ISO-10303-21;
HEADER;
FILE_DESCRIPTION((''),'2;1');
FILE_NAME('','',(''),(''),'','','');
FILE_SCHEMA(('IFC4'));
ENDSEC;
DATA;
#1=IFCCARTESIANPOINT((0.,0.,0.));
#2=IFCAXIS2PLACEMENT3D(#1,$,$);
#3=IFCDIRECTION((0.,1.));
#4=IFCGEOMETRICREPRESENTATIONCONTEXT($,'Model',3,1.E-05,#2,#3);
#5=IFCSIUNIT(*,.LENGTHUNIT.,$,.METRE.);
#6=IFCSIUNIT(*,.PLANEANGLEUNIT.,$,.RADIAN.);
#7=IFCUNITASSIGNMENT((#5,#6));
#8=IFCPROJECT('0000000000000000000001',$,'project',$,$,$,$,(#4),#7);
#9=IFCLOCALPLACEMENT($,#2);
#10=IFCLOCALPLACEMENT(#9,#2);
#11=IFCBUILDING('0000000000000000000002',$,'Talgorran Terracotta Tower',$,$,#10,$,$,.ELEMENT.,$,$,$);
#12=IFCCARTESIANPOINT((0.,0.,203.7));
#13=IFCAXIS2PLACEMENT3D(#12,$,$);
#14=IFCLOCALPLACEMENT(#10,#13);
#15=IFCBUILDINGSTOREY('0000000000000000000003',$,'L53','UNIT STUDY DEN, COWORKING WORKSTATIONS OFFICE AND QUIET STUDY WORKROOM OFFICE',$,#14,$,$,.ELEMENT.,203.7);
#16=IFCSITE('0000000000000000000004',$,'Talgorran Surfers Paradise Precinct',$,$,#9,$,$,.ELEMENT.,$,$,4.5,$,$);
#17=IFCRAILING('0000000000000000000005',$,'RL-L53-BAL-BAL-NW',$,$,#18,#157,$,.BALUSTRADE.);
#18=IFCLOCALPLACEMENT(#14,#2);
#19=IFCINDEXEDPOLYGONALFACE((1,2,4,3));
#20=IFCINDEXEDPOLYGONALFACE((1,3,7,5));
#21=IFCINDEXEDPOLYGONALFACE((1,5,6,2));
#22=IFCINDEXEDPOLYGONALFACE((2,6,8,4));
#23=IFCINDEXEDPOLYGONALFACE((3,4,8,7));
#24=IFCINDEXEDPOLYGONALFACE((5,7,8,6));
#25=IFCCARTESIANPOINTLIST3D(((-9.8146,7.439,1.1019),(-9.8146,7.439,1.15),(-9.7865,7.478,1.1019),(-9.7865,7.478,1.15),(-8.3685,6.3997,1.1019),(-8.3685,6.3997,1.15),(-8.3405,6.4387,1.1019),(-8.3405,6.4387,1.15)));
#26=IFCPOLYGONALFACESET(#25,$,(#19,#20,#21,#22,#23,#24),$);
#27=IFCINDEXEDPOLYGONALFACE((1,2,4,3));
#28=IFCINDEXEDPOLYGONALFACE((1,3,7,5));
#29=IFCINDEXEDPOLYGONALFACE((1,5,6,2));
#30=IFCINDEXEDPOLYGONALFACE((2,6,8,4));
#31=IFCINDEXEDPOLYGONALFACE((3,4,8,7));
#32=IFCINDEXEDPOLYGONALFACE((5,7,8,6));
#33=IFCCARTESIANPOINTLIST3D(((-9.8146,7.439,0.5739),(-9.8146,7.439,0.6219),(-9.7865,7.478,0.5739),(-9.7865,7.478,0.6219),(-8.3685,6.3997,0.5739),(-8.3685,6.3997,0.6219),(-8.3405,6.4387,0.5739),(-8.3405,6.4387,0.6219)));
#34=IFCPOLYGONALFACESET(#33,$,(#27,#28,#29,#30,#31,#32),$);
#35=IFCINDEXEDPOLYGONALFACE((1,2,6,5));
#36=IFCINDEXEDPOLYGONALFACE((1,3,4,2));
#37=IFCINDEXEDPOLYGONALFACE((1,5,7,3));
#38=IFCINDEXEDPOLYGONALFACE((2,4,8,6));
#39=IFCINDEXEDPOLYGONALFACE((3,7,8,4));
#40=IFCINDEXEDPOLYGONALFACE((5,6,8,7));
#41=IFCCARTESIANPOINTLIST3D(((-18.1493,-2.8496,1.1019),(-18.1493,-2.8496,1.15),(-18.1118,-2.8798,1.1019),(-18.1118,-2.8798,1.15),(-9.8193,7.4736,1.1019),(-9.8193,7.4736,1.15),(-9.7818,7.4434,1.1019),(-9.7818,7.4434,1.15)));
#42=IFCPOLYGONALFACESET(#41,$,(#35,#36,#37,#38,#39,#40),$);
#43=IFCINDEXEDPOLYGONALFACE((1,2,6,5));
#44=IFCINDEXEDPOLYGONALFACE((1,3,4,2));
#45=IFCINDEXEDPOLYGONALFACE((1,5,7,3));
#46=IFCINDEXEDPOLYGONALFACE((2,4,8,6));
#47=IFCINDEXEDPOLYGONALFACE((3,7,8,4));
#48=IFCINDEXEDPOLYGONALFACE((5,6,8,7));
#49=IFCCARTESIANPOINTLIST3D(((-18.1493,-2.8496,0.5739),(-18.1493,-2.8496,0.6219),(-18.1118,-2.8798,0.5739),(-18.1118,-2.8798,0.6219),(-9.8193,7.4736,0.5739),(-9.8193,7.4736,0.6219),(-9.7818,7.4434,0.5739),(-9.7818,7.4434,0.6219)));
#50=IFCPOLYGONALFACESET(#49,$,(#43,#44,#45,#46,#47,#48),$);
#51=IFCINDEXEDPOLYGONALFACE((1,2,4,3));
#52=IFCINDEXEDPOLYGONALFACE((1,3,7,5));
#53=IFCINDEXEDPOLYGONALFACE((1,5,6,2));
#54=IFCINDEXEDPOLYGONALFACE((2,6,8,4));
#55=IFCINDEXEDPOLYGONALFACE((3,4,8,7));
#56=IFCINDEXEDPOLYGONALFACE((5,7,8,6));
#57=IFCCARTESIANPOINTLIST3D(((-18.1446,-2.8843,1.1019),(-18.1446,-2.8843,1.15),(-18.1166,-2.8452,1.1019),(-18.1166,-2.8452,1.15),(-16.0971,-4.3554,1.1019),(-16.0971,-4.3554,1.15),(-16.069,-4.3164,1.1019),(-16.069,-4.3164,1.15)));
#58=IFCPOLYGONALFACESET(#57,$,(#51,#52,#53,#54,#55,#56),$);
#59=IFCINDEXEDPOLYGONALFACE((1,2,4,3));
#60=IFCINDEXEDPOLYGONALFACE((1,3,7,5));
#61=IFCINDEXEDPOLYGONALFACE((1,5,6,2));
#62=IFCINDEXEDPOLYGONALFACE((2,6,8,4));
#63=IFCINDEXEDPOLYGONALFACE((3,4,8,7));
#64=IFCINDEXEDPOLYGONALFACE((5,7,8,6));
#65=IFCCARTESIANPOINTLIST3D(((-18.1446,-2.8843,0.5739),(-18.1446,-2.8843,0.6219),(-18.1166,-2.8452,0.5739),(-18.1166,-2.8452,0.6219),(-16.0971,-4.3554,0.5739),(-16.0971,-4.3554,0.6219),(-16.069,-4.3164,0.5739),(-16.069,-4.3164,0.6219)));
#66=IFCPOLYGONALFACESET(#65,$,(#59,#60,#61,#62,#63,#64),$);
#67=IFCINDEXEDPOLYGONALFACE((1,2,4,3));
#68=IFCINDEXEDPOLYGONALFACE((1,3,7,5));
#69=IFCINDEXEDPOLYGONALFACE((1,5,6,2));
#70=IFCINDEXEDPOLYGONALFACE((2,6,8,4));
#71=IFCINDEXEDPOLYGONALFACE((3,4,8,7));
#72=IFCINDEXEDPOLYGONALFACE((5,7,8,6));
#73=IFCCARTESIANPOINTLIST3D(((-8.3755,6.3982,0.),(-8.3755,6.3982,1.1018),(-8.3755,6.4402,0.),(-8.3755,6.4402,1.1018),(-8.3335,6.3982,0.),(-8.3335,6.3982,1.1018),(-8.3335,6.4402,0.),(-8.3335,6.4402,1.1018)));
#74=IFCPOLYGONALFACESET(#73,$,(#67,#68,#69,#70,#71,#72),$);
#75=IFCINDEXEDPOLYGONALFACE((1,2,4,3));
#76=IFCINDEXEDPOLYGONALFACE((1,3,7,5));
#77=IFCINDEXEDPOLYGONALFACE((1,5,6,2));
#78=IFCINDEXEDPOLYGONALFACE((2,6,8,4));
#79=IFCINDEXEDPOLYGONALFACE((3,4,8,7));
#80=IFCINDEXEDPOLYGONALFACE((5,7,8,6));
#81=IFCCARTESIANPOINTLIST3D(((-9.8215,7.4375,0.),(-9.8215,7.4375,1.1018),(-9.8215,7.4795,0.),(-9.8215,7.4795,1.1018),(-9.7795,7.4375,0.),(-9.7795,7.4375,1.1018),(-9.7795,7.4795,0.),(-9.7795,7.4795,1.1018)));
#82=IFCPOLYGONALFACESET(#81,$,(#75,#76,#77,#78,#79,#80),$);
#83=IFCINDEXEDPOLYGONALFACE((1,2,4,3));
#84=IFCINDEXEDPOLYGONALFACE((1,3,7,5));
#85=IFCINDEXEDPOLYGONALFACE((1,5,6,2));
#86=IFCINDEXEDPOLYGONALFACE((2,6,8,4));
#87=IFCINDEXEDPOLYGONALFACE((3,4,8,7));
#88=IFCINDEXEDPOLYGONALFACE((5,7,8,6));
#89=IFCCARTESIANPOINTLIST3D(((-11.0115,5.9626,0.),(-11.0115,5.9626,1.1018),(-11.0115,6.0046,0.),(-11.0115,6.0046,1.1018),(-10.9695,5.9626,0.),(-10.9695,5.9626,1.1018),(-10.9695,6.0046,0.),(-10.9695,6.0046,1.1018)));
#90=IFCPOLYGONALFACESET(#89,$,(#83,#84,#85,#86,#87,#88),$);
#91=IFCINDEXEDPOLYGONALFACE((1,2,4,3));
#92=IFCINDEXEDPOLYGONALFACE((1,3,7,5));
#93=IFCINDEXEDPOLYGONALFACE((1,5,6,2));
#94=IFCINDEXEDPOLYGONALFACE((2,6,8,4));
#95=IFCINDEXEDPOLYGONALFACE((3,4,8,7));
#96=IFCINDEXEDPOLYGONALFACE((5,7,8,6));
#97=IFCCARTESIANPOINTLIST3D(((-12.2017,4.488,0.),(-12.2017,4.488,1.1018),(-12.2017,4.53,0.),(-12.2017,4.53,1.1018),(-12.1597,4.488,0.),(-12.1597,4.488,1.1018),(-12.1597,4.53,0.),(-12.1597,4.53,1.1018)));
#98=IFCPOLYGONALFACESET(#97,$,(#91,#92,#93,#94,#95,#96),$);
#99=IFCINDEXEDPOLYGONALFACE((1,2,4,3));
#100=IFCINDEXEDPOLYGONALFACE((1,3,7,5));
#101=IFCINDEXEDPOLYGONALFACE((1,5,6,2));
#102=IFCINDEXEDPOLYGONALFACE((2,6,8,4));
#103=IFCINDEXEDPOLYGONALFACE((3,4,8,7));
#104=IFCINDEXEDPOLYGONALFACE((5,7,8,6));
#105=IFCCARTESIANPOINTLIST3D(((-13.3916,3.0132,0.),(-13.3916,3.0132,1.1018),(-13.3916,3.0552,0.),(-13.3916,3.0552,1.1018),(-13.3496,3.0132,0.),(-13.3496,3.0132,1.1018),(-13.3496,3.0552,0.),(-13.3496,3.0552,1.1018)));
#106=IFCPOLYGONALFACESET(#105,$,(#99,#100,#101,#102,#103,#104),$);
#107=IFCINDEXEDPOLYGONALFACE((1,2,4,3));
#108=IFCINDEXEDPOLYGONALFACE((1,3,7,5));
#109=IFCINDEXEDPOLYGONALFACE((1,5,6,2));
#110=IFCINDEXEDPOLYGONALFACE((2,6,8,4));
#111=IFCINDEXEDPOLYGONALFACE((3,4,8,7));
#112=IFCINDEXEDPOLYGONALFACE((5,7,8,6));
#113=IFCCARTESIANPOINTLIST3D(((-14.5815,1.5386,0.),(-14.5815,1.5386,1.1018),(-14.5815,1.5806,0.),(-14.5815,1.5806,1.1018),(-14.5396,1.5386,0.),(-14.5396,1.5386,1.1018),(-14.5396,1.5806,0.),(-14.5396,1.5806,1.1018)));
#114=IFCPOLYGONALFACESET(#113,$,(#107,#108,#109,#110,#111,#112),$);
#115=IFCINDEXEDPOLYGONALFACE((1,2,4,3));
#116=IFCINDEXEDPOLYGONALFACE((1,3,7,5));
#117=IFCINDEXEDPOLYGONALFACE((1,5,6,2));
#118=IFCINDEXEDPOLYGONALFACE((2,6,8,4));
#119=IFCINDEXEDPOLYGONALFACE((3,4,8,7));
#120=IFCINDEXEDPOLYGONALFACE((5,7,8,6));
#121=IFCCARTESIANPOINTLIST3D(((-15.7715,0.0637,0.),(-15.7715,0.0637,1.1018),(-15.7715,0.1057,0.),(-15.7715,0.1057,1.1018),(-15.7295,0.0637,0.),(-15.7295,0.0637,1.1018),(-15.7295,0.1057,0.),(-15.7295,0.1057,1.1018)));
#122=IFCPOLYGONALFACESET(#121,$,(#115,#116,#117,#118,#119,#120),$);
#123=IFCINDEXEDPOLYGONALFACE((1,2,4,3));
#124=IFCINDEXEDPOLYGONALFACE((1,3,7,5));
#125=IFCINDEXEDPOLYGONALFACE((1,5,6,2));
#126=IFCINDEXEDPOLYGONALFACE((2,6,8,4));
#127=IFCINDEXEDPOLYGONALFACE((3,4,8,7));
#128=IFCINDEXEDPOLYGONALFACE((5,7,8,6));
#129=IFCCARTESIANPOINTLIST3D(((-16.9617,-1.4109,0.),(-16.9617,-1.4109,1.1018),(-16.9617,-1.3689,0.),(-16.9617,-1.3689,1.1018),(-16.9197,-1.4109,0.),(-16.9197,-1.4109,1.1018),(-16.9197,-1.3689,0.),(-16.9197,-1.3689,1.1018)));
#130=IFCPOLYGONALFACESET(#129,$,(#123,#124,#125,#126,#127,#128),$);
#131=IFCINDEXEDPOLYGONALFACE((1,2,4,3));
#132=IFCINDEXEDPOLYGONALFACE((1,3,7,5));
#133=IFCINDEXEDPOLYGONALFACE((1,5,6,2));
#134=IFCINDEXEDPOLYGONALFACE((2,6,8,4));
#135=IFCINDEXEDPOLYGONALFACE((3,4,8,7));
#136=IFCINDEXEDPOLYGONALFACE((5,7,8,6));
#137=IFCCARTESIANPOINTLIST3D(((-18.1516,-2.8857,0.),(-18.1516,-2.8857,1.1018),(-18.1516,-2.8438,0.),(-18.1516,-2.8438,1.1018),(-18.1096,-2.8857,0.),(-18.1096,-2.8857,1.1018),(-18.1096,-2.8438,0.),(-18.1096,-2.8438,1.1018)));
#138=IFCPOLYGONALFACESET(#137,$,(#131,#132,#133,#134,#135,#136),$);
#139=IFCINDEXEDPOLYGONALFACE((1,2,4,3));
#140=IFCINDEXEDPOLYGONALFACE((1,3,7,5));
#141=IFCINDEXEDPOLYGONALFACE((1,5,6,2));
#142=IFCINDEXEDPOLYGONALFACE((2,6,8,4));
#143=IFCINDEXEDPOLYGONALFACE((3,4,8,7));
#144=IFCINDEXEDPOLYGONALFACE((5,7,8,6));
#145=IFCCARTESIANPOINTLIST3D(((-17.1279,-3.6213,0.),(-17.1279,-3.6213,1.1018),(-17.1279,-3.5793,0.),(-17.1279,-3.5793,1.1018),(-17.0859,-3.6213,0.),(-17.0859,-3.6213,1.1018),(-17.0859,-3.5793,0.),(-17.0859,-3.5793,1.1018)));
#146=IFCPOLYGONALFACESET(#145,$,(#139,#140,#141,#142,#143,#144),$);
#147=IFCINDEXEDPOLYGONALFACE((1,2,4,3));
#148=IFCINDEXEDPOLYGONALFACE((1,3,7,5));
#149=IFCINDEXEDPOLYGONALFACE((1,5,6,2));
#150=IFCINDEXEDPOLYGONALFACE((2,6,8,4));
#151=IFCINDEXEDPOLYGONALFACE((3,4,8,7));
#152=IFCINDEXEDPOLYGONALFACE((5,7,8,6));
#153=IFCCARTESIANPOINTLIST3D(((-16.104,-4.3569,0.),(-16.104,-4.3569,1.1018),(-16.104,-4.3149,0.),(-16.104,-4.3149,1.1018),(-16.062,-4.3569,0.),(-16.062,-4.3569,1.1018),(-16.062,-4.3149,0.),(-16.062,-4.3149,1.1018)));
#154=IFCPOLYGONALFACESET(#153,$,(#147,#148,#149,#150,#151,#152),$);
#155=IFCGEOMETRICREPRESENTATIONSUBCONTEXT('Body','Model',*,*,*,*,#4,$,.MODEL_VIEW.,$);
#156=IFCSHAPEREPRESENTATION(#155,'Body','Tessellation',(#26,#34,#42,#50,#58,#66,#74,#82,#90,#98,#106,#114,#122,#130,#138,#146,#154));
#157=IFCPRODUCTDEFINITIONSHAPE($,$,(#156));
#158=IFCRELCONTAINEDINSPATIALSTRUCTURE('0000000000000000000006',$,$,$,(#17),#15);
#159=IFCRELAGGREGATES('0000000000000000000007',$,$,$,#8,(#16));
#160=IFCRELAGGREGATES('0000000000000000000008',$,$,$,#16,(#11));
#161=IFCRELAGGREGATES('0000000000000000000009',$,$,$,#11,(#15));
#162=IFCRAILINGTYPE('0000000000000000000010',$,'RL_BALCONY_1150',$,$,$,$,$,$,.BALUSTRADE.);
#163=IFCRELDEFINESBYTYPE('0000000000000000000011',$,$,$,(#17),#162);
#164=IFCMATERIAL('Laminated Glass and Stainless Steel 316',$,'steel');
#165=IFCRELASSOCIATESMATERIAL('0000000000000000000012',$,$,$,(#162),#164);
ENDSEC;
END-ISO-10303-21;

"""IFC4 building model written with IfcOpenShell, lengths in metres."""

from ifc_helpers import new_model, si_unit, direction, frame, origin, origin_2d, place, context, subcontext, project, spatial, rectangle, extrude, material, type_object, element, save


model = new_model("IFC4")

# Units and contexts
model_context = context("Model", 3, precision=1e-05, world=origin(), true_north=direction((0.0, 1.0)))
body_context = subcontext(model_context, "Body", "Model", "MODEL_VIEW")
ifc_project = project(units=[si_unit("LENGTHUNIT", "METRE"), si_unit("PLANEANGLEUNIT", "RADIAN")], contexts=[model_context])

# Site, building, storey
site_placement = place(None, origin())
site = spatial("IfcSite", under=ifc_project, at=site_placement, Name="Talgorran Surfers Paradise Precinct", CompositionType="ELEMENT", RefElevation=4.5)
building_placement = place(site_placement, origin())
building = spatial("IfcBuilding", under=site, at=building_placement, Name="Talgorran Terracotta Tower", CompositionType="ELEMENT")
storey_placement = place(building_placement, frame((0.0, 0.0, 203.7)))
storey = spatial("IfcBuildingStorey", under=building, at=storey_placement, Name="L53", Description="UNIT STUDY DEN, COWORKING WORKSTATIONS OFFICE AND QUIET STUDY WORKROOM OFFICE", CompositionType="ELEMENT", Elevation=203.7)

# Railing
ifc_material_1 = material(Name="Laminated Glass and Stainless Steel 316", Category="steel")
railing_type = type_object("IfcRailingType", Name="RL_BALCONY_1150", PredefinedType="BALUSTRADE", material=ifc_material_1)
railing_placement = place(storey_placement, frame((-8.3545, 6.4192, 0.0)))
element("IfcRailing", 1, at=railing_placement, inside=storey, type_object=railing_type, Name="RL-L53-BAL-BAL-NW", PredefinedType="BALUSTRADE", context=body_context, shape_type="SweptSolid", body=[
    extrude(rectangle(XDim=0.0481, YDim=0.0481, at=origin_2d()), frame((0.0, 0.0, 1.126), z_axis=(-0.812026, 0.583622, 0.0), x_axis=(-0.583622, -0.812026, 0.0)), (0.0, 0.0, 1.0), 1.7808),
    extrude(rectangle(XDim=0.0481, YDim=0.0481, at=origin_2d()), frame((0.0, 0.0, 0.5979), z_axis=(-0.812026, 0.583622, 0.0), x_axis=(-0.583622, -0.812026, 0.0)), (0.0, 0.0, 1.0), 1.7808),
    extrude(rectangle(XDim=0.0481, YDim=0.0481, at=origin_2d()), frame((-1.446, 1.0393, 1.126), z_axis=(-0.627975, -0.778233, 0.0), x_axis=(0.778233, -0.627975, 0.0)), (0.0, 0.0, 1.0), 13.2649),
    extrude(rectangle(XDim=0.0481, YDim=0.0481, at=origin_2d()), frame((-1.446, 1.0393, 0.5979), z_axis=(-0.627975, -0.778233, 0.0), x_axis=(0.778233, -0.627975, 0.0)), (0.0, 0.0, 1.0), 13.2649),
    extrude(rectangle(XDim=0.0481, YDim=0.0481, at=origin_2d()), frame((-9.7761, -9.2839, 1.126), z_axis=(0.812114, -0.583498, 0.0), x_axis=(0.583498, 0.812114, 0.0)), (0.0, 0.0, 1.0), 2.5212),
    extrude(rectangle(XDim=0.0481, YDim=0.0481, at=origin_2d()), frame((-9.7761, -9.2839, 0.5979), z_axis=(0.812114, -0.583498, 0.0), x_axis=(0.583498, 0.812114, 0.0)), (0.0, 0.0, 1.0), 2.5212),
    extrude(rectangle(XDim=0.042, YDim=0.042, at=origin_2d()), origin(), (0.0, 0.0, 1.0), 1.1018),
    extrude(rectangle(XDim=0.042, YDim=0.042, at=origin_2d()), frame((-1.446, 1.0393, 0.0)), (0.0, 0.0, 1.0), 1.1018),
    extrude(rectangle(XDim=0.042, YDim=0.042, at=origin_2d()), frame((-2.636, -0.4355, 0.0)), (0.0, 0.0, 1.0), 1.1018),
    extrude(rectangle(XDim=0.042, YDim=0.042, at=origin_2d()), frame((-3.8262, -1.9102, 0.0)), (0.0, 0.0, 1.0), 1.1018),
    extrude(rectangle(XDim=0.042, YDim=0.042, at=origin_2d()), frame((-5.0161, -3.385, 0.0)), (0.0, 0.0, 1.0), 1.1018),
    extrude(rectangle(XDim=0.042, YDim=0.042, at=origin_2d()), frame((-6.2061, -4.8596, 0.0)), (0.0, 0.0, 1.0), 1.1018),
    extrude(rectangle(XDim=0.042, YDim=0.042, at=origin_2d()), frame((-7.396, -6.3345, 0.0)), (0.0, 0.0, 1.0), 1.1018),
    extrude(rectangle(XDim=0.042, YDim=0.042, at=origin_2d()), frame((-8.5862, -7.8091, 0.0)), (0.0, 0.0, 1.0), 1.1018),
    extrude(rectangle(XDim=0.042, YDim=0.042, at=origin_2d()), frame((-9.7761, -9.2839, 0.0)), (0.0, 0.0, 1.0), 1.1018),
    extrude(rectangle(XDim=0.042, YDim=0.042, at=origin_2d()), frame((-8.7524, -10.0195, 0.0)), (0.0, 0.0, 1.0), 1.1018),
    extrude(rectangle(XDim=0.042, YDim=0.042, at=origin_2d()), frame((-7.7285, -10.7551, 0.0)), (0.0, 0.0, 1.0), 1.1018),
])

save(model, "model.ifc")
